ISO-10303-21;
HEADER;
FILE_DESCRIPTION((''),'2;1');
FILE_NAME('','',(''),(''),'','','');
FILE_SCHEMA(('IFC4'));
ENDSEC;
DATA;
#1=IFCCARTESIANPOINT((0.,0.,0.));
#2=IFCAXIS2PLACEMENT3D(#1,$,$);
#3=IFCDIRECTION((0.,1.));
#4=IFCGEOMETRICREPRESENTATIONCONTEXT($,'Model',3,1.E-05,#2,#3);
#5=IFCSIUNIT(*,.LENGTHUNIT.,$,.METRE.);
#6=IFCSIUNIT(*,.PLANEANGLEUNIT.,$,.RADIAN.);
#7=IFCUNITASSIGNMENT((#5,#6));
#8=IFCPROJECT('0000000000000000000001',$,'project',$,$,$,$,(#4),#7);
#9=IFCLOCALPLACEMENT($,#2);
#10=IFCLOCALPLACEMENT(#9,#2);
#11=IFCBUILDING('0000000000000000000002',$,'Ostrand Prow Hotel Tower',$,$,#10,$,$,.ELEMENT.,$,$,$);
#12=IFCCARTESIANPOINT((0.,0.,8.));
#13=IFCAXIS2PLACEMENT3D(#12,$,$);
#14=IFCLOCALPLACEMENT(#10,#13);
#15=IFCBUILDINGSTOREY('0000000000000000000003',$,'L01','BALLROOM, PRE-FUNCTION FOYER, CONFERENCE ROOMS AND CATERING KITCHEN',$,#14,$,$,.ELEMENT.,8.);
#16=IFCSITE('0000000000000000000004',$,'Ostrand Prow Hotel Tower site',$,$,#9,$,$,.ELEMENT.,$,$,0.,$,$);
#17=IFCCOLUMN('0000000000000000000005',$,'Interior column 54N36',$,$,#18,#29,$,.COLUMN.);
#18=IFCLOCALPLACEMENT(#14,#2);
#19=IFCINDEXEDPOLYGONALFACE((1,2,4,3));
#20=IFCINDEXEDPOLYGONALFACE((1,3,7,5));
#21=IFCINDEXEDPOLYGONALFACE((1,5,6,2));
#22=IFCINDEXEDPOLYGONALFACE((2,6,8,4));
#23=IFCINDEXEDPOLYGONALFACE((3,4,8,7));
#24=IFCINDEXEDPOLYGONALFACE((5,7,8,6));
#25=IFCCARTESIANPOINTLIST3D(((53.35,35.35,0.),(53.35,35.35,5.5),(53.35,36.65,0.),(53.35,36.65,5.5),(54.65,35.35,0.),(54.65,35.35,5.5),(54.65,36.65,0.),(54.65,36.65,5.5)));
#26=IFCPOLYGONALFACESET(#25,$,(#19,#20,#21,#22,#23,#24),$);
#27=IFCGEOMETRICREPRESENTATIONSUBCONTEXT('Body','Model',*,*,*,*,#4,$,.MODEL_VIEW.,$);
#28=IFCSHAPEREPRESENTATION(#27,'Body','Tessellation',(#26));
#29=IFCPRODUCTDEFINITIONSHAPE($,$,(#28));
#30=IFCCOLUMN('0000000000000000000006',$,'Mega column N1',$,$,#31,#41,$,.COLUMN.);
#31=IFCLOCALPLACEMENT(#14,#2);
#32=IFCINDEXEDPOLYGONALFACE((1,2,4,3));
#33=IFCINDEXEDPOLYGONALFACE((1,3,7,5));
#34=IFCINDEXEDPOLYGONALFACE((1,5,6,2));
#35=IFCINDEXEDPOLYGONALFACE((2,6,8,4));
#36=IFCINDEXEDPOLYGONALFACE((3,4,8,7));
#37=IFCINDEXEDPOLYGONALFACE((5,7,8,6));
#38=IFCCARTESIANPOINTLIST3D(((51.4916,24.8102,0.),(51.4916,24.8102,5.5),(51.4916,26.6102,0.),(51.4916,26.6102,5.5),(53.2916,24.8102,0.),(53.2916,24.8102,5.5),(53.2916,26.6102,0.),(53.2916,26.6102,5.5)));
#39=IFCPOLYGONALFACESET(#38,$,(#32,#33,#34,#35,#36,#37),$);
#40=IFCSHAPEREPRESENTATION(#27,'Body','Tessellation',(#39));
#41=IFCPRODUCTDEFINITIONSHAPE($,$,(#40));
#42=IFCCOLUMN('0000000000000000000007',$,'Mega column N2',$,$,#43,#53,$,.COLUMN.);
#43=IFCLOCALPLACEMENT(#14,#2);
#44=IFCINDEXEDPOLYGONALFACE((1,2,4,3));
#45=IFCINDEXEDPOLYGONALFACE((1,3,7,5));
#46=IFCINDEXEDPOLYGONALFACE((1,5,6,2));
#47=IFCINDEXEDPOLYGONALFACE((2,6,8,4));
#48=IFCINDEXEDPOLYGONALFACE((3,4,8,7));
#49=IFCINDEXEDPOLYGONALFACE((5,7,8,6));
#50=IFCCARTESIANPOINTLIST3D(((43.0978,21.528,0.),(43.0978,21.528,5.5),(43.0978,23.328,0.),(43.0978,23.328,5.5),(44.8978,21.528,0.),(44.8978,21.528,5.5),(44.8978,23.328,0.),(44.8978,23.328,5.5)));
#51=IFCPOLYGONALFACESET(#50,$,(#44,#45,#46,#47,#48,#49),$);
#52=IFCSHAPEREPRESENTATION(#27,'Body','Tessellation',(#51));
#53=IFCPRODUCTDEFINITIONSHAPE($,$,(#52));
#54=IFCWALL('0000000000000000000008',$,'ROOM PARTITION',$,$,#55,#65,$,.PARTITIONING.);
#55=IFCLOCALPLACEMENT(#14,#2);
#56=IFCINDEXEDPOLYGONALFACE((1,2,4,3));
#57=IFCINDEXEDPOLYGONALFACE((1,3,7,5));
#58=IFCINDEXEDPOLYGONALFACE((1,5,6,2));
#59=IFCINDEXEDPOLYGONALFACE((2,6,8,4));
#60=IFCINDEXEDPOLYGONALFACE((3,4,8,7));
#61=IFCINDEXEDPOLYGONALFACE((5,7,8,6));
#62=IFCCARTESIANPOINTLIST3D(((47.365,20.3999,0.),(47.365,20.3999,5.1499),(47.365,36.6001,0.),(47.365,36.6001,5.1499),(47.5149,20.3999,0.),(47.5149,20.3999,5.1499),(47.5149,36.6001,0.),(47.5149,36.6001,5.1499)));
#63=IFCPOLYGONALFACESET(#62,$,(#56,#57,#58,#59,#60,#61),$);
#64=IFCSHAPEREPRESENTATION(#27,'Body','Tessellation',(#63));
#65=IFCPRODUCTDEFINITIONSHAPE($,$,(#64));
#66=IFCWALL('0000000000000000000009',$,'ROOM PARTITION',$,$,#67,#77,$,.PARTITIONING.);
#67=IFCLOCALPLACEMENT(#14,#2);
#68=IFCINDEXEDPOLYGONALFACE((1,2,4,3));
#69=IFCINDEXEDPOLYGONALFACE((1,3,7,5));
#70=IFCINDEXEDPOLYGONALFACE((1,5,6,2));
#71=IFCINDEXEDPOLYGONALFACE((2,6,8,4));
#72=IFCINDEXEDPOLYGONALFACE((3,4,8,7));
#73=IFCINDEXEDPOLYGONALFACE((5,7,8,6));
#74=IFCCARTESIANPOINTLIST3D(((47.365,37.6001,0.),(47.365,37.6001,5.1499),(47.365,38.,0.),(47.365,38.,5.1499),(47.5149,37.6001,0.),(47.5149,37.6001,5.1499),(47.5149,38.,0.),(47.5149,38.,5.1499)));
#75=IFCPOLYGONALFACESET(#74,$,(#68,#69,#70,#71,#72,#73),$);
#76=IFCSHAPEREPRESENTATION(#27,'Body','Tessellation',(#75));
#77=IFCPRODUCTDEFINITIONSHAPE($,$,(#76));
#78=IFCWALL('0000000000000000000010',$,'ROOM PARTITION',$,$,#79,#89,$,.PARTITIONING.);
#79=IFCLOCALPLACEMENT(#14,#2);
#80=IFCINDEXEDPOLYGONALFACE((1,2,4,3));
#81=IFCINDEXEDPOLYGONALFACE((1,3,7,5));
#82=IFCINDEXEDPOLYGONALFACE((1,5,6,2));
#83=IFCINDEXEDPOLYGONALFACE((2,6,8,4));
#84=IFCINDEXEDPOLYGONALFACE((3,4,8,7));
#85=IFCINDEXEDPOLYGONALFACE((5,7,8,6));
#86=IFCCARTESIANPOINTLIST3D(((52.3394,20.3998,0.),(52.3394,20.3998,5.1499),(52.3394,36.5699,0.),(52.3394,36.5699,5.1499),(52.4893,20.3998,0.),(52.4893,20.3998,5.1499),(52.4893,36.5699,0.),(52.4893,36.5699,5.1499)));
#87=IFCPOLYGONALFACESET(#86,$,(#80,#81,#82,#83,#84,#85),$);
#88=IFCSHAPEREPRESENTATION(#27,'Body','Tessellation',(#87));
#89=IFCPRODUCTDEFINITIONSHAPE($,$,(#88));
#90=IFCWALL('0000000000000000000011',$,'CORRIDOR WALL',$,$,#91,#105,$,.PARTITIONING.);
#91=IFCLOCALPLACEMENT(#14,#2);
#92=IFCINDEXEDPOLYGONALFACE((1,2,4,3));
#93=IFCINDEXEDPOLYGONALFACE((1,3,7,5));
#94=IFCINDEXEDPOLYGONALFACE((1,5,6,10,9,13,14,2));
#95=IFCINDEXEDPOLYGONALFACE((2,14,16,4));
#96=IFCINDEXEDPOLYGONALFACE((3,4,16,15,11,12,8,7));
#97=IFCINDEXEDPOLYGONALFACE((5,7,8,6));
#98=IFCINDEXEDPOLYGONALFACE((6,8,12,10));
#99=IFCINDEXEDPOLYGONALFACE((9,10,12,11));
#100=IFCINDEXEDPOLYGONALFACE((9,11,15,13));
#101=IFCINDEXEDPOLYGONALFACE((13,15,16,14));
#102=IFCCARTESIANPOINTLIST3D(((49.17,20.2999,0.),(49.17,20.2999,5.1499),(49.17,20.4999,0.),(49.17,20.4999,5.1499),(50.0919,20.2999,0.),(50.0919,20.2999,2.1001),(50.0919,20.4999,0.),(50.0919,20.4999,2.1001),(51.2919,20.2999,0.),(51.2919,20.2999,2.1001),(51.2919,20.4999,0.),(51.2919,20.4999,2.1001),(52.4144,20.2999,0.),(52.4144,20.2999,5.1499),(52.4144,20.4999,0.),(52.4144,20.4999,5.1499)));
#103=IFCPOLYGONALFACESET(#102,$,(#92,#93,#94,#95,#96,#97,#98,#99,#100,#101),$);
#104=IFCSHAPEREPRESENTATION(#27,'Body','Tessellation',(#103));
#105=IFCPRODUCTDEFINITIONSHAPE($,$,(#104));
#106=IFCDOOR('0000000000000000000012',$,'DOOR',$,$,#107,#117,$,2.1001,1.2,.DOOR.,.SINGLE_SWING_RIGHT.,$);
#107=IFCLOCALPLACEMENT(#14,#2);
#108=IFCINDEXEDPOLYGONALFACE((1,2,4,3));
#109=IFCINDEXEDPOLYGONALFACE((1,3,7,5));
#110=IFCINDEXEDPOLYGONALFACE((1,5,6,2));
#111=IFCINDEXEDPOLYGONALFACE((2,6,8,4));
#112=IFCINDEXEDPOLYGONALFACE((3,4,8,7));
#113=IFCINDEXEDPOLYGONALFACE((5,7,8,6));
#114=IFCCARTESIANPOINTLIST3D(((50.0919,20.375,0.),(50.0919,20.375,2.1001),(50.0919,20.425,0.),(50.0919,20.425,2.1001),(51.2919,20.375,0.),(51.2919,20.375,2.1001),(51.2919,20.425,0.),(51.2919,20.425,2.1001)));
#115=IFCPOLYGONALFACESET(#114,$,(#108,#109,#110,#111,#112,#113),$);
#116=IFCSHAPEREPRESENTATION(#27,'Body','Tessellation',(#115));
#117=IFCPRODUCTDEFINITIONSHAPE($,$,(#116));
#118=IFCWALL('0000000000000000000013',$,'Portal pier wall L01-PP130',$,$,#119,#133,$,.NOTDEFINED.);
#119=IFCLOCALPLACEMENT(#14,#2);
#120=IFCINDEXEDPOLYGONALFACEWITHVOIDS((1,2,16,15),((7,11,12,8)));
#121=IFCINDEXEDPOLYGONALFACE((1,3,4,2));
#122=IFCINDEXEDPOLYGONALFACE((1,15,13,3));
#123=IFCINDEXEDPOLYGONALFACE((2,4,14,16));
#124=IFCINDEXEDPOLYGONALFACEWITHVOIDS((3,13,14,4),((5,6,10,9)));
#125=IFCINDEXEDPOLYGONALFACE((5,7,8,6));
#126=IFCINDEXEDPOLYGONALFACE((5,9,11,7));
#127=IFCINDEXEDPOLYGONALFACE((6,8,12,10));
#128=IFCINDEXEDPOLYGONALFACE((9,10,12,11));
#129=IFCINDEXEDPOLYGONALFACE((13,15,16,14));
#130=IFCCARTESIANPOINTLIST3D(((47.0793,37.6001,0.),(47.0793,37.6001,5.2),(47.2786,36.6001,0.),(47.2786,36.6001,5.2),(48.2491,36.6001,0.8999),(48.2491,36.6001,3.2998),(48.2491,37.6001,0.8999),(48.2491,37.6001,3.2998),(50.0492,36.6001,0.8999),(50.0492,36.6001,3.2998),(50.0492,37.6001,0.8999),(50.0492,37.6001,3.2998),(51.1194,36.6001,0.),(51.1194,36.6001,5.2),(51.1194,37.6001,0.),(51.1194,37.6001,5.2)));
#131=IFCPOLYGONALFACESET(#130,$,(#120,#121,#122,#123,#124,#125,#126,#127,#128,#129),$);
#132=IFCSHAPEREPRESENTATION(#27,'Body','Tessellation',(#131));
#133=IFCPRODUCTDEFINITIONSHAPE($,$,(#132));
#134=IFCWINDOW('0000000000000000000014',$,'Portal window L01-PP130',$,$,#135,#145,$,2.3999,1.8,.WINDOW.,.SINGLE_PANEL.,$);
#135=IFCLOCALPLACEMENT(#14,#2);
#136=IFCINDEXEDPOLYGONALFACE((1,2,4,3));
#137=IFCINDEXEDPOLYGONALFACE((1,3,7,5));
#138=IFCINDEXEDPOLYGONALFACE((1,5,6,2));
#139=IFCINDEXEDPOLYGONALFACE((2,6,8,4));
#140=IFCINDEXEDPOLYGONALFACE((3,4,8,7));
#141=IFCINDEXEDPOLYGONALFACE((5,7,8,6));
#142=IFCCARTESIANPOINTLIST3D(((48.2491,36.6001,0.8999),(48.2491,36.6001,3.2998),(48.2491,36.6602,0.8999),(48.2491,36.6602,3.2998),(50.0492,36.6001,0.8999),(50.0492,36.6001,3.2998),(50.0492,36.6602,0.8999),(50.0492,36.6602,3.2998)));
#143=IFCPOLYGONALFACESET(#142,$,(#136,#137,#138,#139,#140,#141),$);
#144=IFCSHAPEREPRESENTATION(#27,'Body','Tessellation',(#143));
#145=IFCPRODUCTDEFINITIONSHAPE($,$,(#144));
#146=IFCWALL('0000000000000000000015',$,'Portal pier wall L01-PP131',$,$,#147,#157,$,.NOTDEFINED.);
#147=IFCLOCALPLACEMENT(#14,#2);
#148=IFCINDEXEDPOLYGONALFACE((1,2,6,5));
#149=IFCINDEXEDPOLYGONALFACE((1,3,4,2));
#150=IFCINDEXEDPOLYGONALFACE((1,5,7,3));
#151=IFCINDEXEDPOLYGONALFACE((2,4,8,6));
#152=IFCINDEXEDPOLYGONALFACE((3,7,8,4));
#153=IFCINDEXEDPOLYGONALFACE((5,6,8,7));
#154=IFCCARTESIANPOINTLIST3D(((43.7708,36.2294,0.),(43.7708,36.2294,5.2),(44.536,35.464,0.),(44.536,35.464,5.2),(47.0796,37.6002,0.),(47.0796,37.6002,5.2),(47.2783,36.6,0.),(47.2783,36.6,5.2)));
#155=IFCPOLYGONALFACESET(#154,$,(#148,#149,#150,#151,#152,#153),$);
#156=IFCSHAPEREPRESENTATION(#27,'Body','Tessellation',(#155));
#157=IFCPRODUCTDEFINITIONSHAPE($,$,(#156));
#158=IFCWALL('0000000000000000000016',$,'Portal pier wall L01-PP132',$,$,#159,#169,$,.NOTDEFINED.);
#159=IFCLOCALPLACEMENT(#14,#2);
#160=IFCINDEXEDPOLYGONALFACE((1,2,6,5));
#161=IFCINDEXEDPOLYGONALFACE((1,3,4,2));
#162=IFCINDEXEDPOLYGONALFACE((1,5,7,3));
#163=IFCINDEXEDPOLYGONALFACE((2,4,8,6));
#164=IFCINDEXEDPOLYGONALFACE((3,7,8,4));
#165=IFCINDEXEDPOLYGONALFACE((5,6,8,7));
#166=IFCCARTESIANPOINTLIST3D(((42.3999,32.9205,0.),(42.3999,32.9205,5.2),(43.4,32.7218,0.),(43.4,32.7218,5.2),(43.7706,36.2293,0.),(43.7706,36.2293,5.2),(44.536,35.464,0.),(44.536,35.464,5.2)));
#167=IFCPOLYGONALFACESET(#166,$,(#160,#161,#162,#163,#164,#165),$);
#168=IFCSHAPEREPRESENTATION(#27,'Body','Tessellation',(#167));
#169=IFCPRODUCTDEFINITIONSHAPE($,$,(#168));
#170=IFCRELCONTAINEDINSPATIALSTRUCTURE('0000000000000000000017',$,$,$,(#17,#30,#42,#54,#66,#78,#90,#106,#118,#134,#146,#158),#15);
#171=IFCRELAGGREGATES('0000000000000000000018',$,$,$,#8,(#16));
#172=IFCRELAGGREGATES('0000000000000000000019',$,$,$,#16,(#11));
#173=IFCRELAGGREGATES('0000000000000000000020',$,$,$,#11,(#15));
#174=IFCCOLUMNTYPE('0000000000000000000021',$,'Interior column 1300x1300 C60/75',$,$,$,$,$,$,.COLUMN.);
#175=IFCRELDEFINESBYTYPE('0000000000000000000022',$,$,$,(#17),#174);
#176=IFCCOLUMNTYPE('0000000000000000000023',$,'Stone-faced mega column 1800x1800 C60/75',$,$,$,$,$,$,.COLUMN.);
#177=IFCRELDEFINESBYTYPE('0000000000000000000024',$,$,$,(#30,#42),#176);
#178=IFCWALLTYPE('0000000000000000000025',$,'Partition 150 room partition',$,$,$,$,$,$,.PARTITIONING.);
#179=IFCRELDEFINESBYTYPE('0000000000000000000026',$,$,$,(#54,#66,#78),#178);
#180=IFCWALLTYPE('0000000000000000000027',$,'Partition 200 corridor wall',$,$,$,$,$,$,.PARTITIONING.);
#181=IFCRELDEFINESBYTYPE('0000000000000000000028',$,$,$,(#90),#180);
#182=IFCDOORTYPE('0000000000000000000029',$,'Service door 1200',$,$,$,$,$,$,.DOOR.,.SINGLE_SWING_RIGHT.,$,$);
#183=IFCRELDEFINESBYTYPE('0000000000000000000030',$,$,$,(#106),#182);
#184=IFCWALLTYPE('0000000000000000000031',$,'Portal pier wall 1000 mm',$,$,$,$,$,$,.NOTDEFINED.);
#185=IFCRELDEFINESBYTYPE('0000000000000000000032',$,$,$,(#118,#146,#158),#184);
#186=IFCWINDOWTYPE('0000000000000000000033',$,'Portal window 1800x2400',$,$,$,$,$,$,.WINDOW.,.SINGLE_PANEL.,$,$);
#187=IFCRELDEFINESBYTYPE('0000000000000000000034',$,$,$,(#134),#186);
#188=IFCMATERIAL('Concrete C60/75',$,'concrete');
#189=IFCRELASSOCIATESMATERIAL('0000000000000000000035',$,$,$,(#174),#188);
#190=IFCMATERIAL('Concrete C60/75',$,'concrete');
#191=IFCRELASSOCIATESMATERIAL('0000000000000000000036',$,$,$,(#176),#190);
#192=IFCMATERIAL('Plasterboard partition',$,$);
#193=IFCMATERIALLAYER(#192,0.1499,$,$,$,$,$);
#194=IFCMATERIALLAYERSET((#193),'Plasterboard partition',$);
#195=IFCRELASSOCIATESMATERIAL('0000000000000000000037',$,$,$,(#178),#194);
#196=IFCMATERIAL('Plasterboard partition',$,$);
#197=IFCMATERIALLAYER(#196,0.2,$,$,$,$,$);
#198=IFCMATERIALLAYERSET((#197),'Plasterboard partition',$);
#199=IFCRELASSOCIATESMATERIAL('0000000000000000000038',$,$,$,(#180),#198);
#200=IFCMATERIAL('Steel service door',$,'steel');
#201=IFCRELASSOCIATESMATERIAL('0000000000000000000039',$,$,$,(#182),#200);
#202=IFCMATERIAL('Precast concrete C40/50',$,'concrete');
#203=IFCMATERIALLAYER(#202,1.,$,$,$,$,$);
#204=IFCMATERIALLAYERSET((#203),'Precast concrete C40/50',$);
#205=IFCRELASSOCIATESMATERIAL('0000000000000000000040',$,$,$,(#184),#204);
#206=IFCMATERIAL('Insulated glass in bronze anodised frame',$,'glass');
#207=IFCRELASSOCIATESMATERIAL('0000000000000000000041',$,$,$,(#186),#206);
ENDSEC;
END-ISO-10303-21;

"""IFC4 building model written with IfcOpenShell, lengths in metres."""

from ifc_helpers import new_model, si_unit, direction, frame, frame_2d, origin, origin_2d, place, context, subcontext, project, spatial, polyline, rectangle, outline, extrude, material, layer, layer_set, material_profile, profile_set, type_object, element, fill, save


model = new_model("IFC4")

# Units and contexts
model_context = context("Model", 3, precision=1e-05, world=origin(), true_north=direction((0.0, 1.0)))
body_context = subcontext(model_context, "Body", "Model", "MODEL_VIEW")
ifc_project = project(units=[si_unit("LENGTHUNIT", "METRE"), si_unit("PLANEANGLEUNIT", "RADIAN")], contexts=[model_context])

# Site, building, storey
site_placement = place(None, origin())
site = spatial("IfcSite", under=ifc_project, at=site_placement, Name="Ostrand Prow Hotel Tower site", CompositionType="ELEMENT", RefElevation=0.0)
building_placement = place(site_placement, origin())
building = spatial("IfcBuilding", under=site, at=building_placement, Name="Ostrand Prow Hotel Tower", CompositionType="ELEMENT")
storey_placement = place(building_placement, frame((0.0, 0.0, 8.0)))
storey = spatial("IfcBuildingStorey", under=building, at=storey_placement, Name="L01", Description="BALLROOM, PRE-FUNCTION FOYER, CONFERENCE ROOMS AND CATERING KITCHEN", CompositionType="ELEMENT", Elevation=8.0)

# Columns
ifc_material_1 = material(Name="Concrete C60/75", Category="concrete")
ifc_material_profile_1 = material_profile(ifc_material_1, rectangle(XDim=1.3, YDim=1.3, at=origin_2d()), Name="RC 1300x1300")
ifc_profile_set_1 = profile_set([ifc_material_profile_1], Name="Concrete C60/75")
column_type_1 = type_object("IfcColumnType", Name="Interior column 1300x1300 C60/75", PredefinedType="COLUMN", material=ifc_profile_set_1)
column_placement = place(storey_placement, frame((54.0, 36.0, 0.0), z_axis=(0.0, 0.0, 1.0), x_axis=(1.0, 0.0, 0.0)))
element("IfcColumn", 1, at=column_placement, inside=storey, type_object=column_type_1, Name="Interior column 54N36", PredefinedType="COLUMN", context=body_context, shape_type="SweptSolid", body=[
    extrude(rectangle(XDim=1.3, YDim=1.3, at=origin_2d()), origin(), (0.0, 0.0, 1.0), 5.5),
])
ifc_material_2 = material(Name="Concrete C60/75", Category="concrete")
ifc_material_profile_2 = material_profile(ifc_material_2, rectangle(XDim=1.8, YDim=1.8, at=origin_2d()), Name="RC 1800x1800")
ifc_profile_set_2 = profile_set([ifc_material_profile_2], Name="Concrete C60/75")
column_type_2 = type_object("IfcColumnType", Name="Stone-faced mega column 1800x1800 C60/75", PredefinedType="COLUMN", material=ifc_profile_set_2)
for number, where, z_axis, x_axis, name in (
    (2, (52.3916, 25.7102, 0.0), (0.0, 0.0, 1.0), (1.0, 0.0, 0.0), "Mega column N1"),
    (3, (43.9978, 22.428, 0.0), (0.0, 0.0, 1.0), (1.0, 0.0, 0.0), "Mega column N2"),
):
    element("IfcColumn", number, at=place(storey_placement, frame(where, z_axis=z_axis, x_axis=x_axis)), inside=storey, type_object=column_type_2, Name=name, PredefinedType="COLUMN", context=body_context, shape_type="SweptSolid", body=[
        extrude(rectangle(XDim=1.8, YDim=1.8, at=origin_2d()), origin(), (0.0, 0.0, 1.0), 5.5),
    ])

# Walls
ifc_material_3 = material(Name="Plasterboard partition")
ifc_layer_1 = layer(ifc_material_3, 0.1499)
ifc_layer_set_1 = layer_set([ifc_layer_1], Name="Plasterboard partition")
wall_type_1 = type_object("IfcWallType", Name="Partition 150 room partition", PredefinedType="PARTITIONING", material=ifc_layer_set_1)
wall_1_placement = place(storey_placement, frame((47.4399, 20.3999, 0.0), z_axis=(0.0, 0.0, 1.0), x_axis=(0.0, 1.0, 0.0)))
element("IfcWall", 4, at=wall_1_placement, inside=storey, type_object=wall_type_1, Name="ROOM PARTITION", PredefinedType="PARTITIONING", context=body_context, shape_type="SweptSolid", body=[
    extrude(rectangle(XDim=16.2002, YDim=0.1499, at=frame_2d((8.1001, 0.0))), origin(), (0.0, 0.0, 1.0), 5.1499),
])
wall_2_placement = place(storey_placement, frame((47.4399, 37.6001, 0.0), z_axis=(0.0, 0.0, 1.0), x_axis=(0.0, 1.0, 0.0)))
element("IfcWall", 5, at=wall_2_placement, inside=storey, type_object=wall_type_1, Name="ROOM PARTITION", PredefinedType="PARTITIONING", context=body_context, shape_type="SweptSolid", body=[
    extrude(rectangle(XDim=0.3999, YDim=0.1499, at=frame_2d((0.2, 0.0))), origin(), (0.0, 0.0, 1.0), 5.1499),
])
wall_3_placement = place(storey_placement, frame((52.4143, 20.3999, 0.0), z_axis=(0.0, 0.0, 1.0), x_axis=(0.0, 1.0, 0.0)))
element("IfcWall", 6, at=wall_3_placement, inside=storey, type_object=wall_type_1, Name="ROOM PARTITION", PredefinedType="PARTITIONING", context=body_context, shape_type="SweptSolid", body=[
    extrude(rectangle(XDim=16.1702, YDim=0.1499, at=frame_2d((8.085, 0.0))), origin(), (0.0, 0.0, 1.0), 5.1499),
])

# Wall, opening, door
ifc_material_4 = material(Name="Plasterboard partition")
ifc_layer_2 = layer(ifc_material_4, 0.2)
ifc_layer_set_2 = layer_set([ifc_layer_2], Name="Plasterboard partition")
wall_type_2 = type_object("IfcWallType", Name="Partition 200 corridor wall", PredefinedType="PARTITIONING", material=ifc_layer_set_2)
wall_4_placement = place(storey_placement, frame((52.4143, 20.3999, 0.0), z_axis=(0.0, 0.0, 1.0), x_axis=(-1.0, 0.0, 0.0)))
wall_4 = element("IfcWall", 7, at=wall_4_placement, inside=storey, type_object=wall_type_2, Name="CORRIDOR WALL", PredefinedType="PARTITIONING", context=body_context, shape_type="SweptSolid", body=[
    extrude(rectangle(XDim=3.2444, YDim=0.2, at=frame_2d((1.6221, 0.0))), origin(), (0.0, 0.0, 1.0), 5.1499),
])
opening_1_placement = place(wall_4_placement, frame((1.1223, 0.0, 0.0)))
opening_1 = element("IfcOpeningElement", 8, at=opening_1_placement, cuts=wall_4, PredefinedType="OPENING", context=body_context, shape_type="SweptSolid", body=[
    extrude(rectangle(XDim=1.2, YDim=2.1001, at=frame_2d((0.6001, 1.05))), frame((0.0, 0.1099, 0.0), z_axis=(0.0, -1.0, 0.0), x_axis=(1.0, 0.0, 0.0)), (0.0, 0.0, 1.0), 0.22),
])
ifc_material_5 = material(Name="Steel service door", Category="steel")
door_type = type_object("IfcDoorType", Name="Service door 1200", OperationType="SINGLE_SWING_RIGHT", PredefinedType="DOOR", material=ifc_material_5)
door_placement = place(opening_1_placement, origin())
door = element("IfcDoor", 9, at=door_placement, inside=storey, type_object=door_type, Name="DOOR", OperationType="SINGLE_SWING_RIGHT", OverallHeight=2.1001, OverallWidth=1.2, PredefinedType="DOOR", context=body_context, shape_type="SweptSolid", body=[
    extrude(rectangle(XDim=1.2, YDim=2.1001, at=frame_2d((0.6001, 1.05))), frame((0.0, 0.0249, 0.0), z_axis=(0.0, -1.0, 0.0), x_axis=(1.0, 0.0, 0.0)), (0.0, 0.0, 1.0), 0.05),
])
fill(opening_1, door)

# Wall, opening, window
ifc_material_6 = material(Name="Precast concrete C40/50", Category="concrete")
ifc_layer_3 = layer(ifc_material_6, 1.0)
ifc_layer_set_3 = layer_set([ifc_layer_3], Name="Precast concrete C40/50")
wall_type_3 = type_object("IfcWallType", Name="Portal pier wall 1000 mm", PredefinedType="NOTDEFINED", material=ifc_layer_set_3)
wall_5_placement = place(storey_placement, frame((51.1194, 37.1001, 0.0), z_axis=(0.0, 0.0, 1.0), x_axis=(-1.0, 0.0, 0.0)))
wall_5 = element("IfcWall", 10, at=wall_5_placement, inside=storey, type_object=wall_type_3, Name="Portal pier wall L01-PP130", PredefinedType="NOTDEFINED", context=body_context, shape_type="SweptSolid", body=[
    extrude(outline(polyline([(0.0, -0.5), (4.04, -0.5), (3.8408, 0.5), (0.0, 0.5), (0.0, -0.5)])), origin(), (0.0, 0.0, 1.0), 5.2),
])
opening_2_placement = place(wall_5_placement, frame((1.0703, 0.0, 0.8999)))
opening_2 = element("IfcOpeningElement", 11, at=opening_2_placement, cuts=wall_5, PredefinedType="OPENING", context=body_context, shape_type="SweptSolid", body=[
    extrude(rectangle(XDim=1.8, YDim=2.3999, at=frame_2d((0.8999, 1.2))), frame((0.0, 0.51, 0.0), z_axis=(0.0, -1.0, 0.0), x_axis=(1.0, 0.0, 0.0)), (0.0, 0.0, 1.0), 1.02),
])
ifc_material_7 = material(Name="Insulated glass in bronze anodised frame", Category="glass")
window_type = type_object("IfcWindowType", Name="Portal window 1800x2400", PartitioningType="SINGLE_PANEL", PredefinedType="WINDOW", material=ifc_material_7)
window_1_placement = place(opening_2_placement, origin())
window_1 = element("IfcWindow", 12, at=window_1_placement, inside=storey, type_object=window_type, Name="Portal window L01-PP130", OverallHeight=2.3999, OverallWidth=1.8, PartitioningType="SINGLE_PANEL", PredefinedType="WINDOW", context=body_context, shape_type="SweptSolid", body=[
    extrude(rectangle(XDim=1.8, YDim=2.3999, at=frame_2d((0.8999, 1.2))), frame((0.0, 0.5, 0.0), z_axis=(0.0, -1.0, 0.0), x_axis=(1.0, 0.0, 0.0)), (0.0, 0.0, 1.0), 0.0601),
])
fill(opening_2, window_1)

# Walls
wall_6_placement = place(storey_placement, frame((47.179, 37.1001, 0.0), z_axis=(0.0, 0.0, 1.0), x_axis=(-0.923862, -0.382725, 0.0)))
element("IfcWall", 13, at=wall_6_placement, inside=storey, type_object=wall_type_3, Name="Portal pier wall L01-PP131", PredefinedType="NOTDEFINED", context=body_context, shape_type="SweptSolid", body=[
    extrude(outline(polyline([(-0.0996, -0.5), (3.4819, -0.5), (3.0679, 0.5), (0.0996, 0.5), (-0.0996, -0.5)])), origin(), (0.0, 0.0, 1.0), 5.2),
])
wall_7_placement = place(storey_placement, frame((44.1533, 35.8467, 0.0), z_axis=(0.0, 0.0, 1.0), x_axis=(-0.382725, -0.923862, 0.0)))
element("IfcWall", 14, at=wall_7_placement, inside=storey, type_object=wall_type_3, Name="Portal pier wall L01-PP132", PredefinedType="NOTDEFINED", context=body_context, shape_type="SweptSolid", body=[
    extrude(outline(polyline([(-0.207, -0.5), (3.3745, -0.5), (3.1753, 0.5), (0.207, 0.5), (-0.207, -0.5)])), origin(), (0.0, 0.0, 1.0), 5.2),
])

save(model, "model.ifc")
